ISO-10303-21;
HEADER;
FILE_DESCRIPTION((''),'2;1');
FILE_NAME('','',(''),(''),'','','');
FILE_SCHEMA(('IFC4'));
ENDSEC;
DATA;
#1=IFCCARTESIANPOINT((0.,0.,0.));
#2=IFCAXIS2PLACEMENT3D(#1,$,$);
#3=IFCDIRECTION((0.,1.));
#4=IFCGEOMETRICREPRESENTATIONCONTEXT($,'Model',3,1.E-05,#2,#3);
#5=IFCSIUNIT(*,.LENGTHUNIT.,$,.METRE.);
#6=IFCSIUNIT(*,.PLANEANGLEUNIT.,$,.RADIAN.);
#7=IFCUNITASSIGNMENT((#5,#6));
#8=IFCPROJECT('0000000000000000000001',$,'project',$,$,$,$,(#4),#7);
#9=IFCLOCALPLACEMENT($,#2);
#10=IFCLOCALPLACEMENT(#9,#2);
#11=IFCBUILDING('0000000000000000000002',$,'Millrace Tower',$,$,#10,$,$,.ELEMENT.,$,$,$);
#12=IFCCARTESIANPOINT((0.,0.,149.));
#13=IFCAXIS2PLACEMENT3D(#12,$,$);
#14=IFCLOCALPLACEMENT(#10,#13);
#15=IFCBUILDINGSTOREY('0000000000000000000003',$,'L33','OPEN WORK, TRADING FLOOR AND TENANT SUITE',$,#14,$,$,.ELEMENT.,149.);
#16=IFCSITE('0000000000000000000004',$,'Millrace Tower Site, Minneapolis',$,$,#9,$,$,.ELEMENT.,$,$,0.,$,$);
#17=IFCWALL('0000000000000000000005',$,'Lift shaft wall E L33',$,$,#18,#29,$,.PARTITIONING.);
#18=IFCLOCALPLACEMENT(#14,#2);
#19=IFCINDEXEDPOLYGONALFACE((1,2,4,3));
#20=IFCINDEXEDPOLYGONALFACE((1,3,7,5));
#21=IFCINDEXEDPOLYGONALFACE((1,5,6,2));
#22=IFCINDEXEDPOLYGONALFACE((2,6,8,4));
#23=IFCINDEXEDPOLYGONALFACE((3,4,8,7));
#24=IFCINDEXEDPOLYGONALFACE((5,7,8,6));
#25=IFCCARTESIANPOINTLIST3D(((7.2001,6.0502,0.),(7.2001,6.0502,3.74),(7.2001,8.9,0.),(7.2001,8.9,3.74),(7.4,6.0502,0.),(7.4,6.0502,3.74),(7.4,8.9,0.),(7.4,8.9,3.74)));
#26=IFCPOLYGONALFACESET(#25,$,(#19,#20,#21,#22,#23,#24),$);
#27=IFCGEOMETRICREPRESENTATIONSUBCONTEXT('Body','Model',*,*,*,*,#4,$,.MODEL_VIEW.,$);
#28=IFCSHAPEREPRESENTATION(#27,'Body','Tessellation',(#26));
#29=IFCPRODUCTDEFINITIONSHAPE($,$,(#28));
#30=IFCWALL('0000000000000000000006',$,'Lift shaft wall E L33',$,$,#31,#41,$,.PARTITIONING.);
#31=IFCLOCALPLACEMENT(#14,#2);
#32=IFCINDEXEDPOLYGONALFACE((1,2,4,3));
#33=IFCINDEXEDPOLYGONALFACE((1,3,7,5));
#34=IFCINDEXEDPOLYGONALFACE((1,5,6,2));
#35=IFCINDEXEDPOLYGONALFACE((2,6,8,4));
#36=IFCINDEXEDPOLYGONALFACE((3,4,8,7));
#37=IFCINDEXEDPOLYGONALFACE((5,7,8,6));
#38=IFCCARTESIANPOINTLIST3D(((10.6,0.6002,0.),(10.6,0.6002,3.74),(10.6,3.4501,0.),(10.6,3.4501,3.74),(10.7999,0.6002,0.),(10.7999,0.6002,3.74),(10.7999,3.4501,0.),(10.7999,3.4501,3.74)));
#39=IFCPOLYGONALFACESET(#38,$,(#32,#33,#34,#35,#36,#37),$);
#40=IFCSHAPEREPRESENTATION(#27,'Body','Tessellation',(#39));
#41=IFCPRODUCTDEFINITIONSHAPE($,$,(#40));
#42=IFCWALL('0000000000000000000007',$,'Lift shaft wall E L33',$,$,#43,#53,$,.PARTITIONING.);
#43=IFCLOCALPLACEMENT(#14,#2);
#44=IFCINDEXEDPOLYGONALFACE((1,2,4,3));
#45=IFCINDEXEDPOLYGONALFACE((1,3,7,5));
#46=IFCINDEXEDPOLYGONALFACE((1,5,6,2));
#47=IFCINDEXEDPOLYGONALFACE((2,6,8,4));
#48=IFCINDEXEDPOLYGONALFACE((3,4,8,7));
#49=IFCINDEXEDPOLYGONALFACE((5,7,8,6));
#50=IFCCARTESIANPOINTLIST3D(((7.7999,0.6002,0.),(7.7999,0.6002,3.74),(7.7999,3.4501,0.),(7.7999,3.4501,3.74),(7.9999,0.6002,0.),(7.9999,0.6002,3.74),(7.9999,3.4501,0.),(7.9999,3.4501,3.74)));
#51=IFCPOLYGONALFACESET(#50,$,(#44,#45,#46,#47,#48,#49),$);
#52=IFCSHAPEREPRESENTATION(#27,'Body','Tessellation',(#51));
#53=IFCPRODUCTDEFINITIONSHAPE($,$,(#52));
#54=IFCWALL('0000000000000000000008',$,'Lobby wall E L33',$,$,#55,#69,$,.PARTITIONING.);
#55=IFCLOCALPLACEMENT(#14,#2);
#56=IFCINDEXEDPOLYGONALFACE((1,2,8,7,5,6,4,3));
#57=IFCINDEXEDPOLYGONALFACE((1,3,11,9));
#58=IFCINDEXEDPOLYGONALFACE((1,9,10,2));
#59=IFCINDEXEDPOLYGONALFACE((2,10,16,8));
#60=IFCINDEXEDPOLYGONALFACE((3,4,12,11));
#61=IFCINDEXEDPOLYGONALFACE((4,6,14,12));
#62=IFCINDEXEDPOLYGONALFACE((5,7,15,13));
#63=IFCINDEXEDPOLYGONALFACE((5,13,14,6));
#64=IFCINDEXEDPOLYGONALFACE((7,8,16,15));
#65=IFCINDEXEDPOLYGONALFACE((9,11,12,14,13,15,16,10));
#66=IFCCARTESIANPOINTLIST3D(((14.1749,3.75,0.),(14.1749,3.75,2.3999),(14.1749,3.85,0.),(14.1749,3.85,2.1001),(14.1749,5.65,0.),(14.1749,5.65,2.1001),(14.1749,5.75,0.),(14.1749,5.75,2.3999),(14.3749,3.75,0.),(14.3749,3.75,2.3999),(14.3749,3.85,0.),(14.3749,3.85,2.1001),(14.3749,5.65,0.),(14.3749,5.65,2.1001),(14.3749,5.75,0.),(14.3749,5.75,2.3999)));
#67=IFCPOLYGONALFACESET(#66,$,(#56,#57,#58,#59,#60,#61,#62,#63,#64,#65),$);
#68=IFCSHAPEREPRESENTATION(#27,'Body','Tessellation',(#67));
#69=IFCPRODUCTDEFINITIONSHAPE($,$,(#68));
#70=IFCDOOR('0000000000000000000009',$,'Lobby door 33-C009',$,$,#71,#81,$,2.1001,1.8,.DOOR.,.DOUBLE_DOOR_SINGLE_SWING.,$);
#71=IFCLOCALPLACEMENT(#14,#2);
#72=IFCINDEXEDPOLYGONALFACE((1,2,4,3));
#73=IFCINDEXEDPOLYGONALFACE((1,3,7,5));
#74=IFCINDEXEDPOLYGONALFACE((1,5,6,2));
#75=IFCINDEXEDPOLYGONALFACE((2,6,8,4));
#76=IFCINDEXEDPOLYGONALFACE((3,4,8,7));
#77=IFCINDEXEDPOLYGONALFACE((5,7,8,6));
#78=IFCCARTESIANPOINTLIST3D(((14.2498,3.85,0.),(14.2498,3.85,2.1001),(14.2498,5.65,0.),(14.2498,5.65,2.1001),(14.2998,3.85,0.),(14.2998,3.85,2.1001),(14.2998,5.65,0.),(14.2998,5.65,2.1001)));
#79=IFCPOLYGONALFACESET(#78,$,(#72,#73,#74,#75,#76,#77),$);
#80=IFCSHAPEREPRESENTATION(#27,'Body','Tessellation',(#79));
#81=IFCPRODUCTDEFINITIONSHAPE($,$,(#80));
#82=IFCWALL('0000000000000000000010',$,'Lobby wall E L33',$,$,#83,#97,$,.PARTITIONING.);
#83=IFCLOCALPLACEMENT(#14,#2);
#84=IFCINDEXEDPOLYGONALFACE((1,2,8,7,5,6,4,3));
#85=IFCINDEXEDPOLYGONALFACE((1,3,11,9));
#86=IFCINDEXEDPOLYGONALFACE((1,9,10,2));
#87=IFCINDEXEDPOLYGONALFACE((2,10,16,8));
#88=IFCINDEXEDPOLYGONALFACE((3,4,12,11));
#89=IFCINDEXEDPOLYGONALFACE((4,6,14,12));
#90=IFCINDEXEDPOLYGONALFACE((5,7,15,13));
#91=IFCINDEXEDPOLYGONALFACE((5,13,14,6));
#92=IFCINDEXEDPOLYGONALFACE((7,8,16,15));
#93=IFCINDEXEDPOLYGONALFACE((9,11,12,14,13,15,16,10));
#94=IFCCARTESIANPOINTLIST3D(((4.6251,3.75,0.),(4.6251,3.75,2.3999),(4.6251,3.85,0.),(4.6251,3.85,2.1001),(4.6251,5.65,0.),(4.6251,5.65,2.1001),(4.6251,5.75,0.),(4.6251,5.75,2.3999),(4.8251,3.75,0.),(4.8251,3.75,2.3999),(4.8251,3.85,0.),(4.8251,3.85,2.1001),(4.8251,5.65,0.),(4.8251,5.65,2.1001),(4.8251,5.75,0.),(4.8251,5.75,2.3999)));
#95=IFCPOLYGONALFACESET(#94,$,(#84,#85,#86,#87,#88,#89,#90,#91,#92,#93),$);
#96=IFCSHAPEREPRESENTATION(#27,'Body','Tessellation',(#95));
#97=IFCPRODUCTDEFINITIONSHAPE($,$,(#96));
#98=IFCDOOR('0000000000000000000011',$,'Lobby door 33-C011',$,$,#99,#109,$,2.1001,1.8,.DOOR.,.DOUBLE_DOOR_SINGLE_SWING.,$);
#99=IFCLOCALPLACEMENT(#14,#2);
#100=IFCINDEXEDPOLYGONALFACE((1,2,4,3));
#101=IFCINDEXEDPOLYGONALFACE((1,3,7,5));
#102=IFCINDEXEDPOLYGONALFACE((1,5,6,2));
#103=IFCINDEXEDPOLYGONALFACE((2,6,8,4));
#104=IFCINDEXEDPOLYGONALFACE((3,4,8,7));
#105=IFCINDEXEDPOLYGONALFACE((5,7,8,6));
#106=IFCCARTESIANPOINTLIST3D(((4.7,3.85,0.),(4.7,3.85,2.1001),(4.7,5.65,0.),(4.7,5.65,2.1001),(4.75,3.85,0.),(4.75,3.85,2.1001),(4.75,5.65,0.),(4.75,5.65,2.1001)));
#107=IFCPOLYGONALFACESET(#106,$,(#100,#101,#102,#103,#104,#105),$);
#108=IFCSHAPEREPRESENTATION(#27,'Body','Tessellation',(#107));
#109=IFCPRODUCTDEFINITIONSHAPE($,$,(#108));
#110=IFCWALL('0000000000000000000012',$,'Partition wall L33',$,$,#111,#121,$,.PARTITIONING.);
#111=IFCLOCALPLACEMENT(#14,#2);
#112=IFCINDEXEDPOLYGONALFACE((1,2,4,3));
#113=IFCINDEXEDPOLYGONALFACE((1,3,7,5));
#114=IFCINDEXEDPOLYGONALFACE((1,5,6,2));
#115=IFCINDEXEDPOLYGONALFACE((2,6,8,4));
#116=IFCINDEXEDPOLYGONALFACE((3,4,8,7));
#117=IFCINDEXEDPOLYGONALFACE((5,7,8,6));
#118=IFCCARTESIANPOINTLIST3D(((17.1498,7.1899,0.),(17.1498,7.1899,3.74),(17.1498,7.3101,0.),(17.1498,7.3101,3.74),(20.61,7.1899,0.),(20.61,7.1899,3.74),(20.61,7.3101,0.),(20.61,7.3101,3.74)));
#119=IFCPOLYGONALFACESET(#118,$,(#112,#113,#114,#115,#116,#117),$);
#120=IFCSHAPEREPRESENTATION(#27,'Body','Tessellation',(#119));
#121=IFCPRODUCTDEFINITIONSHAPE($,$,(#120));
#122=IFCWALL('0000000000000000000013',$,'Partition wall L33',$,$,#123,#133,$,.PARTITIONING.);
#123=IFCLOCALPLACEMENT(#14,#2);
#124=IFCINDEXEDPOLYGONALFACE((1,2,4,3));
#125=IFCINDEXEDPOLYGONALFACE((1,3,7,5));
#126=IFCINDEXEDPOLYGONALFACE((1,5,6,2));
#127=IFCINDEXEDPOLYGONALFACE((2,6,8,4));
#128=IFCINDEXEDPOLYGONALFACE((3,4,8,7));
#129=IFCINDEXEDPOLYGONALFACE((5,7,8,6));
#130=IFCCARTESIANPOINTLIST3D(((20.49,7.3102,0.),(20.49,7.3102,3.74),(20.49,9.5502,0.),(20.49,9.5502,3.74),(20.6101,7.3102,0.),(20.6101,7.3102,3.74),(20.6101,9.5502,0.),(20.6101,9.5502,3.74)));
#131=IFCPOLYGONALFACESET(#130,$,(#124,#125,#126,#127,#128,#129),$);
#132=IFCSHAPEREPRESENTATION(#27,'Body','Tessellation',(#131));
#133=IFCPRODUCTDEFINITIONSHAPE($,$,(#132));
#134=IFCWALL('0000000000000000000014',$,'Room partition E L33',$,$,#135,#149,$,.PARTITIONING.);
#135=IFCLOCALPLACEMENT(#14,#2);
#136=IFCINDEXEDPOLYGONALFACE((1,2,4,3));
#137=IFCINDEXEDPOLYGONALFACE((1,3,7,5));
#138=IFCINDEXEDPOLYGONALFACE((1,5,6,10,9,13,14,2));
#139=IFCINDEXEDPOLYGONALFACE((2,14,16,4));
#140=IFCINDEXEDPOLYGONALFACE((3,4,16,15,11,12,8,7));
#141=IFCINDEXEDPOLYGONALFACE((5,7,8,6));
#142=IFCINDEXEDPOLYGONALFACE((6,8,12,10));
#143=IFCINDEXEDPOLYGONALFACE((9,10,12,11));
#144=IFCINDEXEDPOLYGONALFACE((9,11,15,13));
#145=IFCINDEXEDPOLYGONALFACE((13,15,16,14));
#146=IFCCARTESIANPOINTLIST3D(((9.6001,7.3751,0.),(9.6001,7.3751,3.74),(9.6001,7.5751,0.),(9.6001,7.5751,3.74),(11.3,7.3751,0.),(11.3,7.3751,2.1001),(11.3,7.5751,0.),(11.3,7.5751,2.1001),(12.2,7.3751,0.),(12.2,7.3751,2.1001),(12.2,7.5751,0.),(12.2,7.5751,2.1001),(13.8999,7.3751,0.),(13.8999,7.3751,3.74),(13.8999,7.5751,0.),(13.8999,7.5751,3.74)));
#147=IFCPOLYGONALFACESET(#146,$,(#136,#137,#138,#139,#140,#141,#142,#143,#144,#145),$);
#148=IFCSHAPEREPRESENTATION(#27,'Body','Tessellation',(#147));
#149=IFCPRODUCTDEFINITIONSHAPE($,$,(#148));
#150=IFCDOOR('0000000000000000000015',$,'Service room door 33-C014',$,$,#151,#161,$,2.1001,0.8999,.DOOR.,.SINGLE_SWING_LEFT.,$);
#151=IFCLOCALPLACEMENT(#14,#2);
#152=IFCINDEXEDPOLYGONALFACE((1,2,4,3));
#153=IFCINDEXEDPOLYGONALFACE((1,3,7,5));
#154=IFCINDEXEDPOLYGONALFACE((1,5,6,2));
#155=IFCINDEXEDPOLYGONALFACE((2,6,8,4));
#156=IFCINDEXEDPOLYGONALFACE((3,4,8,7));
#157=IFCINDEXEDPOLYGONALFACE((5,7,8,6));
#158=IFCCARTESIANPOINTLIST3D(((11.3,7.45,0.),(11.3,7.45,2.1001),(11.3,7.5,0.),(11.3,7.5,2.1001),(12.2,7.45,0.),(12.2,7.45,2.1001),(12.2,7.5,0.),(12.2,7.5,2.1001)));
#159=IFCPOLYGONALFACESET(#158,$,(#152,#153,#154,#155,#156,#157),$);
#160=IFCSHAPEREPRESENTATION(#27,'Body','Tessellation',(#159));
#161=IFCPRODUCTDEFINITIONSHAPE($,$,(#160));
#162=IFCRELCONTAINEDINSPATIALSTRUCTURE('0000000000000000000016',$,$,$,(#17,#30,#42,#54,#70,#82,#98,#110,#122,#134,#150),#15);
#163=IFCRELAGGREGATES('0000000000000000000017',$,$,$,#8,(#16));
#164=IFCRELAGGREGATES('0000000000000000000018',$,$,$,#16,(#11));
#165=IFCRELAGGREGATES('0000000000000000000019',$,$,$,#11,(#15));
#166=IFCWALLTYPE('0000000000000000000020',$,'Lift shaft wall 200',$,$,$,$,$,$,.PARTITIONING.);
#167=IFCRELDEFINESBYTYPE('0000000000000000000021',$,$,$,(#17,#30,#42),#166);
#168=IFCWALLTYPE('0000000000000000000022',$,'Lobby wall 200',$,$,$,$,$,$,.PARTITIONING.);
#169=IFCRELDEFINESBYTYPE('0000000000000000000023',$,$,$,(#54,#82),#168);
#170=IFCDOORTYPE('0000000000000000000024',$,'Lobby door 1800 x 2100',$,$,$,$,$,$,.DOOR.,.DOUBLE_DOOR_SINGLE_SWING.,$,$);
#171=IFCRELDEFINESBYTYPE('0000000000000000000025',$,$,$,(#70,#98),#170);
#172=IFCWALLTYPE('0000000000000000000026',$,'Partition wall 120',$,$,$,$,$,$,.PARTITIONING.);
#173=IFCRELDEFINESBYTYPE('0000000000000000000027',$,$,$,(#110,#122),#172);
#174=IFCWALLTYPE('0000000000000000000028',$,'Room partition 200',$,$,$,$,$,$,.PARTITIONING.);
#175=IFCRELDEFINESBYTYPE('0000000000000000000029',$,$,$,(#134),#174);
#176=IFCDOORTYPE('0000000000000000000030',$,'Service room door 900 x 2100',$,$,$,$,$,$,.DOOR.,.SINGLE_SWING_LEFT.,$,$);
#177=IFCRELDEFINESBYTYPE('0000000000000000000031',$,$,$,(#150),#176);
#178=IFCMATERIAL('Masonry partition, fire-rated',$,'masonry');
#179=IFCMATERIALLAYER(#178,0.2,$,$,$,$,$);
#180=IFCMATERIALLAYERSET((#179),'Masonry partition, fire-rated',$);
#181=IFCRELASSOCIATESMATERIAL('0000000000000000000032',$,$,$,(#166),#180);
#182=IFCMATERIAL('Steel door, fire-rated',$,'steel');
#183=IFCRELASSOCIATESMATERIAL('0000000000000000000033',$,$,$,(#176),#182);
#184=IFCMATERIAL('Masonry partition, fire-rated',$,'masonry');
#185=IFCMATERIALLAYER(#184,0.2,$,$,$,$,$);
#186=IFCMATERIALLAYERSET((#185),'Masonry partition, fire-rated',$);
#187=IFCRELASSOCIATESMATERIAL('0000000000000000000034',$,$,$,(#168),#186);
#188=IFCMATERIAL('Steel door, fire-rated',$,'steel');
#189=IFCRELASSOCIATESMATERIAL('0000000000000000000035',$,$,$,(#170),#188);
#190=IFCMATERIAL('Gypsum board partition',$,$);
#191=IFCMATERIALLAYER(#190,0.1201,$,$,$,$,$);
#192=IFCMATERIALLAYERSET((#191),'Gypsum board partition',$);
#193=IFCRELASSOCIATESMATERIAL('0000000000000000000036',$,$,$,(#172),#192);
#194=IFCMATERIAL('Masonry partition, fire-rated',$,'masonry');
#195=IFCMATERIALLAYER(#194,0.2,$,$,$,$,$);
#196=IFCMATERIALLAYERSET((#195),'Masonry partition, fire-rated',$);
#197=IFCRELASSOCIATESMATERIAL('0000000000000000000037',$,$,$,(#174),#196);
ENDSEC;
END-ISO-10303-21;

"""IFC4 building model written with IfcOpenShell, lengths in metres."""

from ifc_helpers import new_model, si_unit, direction, frame, frame_2d, origin, place, context, subcontext, project, spatial, rectangle, extrude, material, layer, layer_set, type_object, element, fill, save


model = new_model("IFC4")

# Units and contexts
model_context = context("Model", 3, precision=1e-05, world=origin(), true_north=direction((0.0, 1.0)))
body_context = subcontext(model_context, "Body", "Model", "MODEL_VIEW")
ifc_project = project(units=[si_unit("LENGTHUNIT", "METRE"), si_unit("PLANEANGLEUNIT", "RADIAN")], contexts=[model_context])

# Site, building, storey
site_placement = place(None, origin())
site = spatial("IfcSite", under=ifc_project, at=site_placement, Name="Millrace Tower Site, Minneapolis", CompositionType="ELEMENT", RefElevation=0.0)
building_placement = place(site_placement, origin())
building = spatial("IfcBuilding", under=site, at=building_placement, Name="Millrace Tower", CompositionType="ELEMENT")
storey_placement = place(building_placement, frame((0.0, 0.0, 149.0)))
storey = spatial("IfcBuildingStorey", under=building, at=storey_placement, Name="L33", Description="OPEN WORK, TRADING FLOOR AND TENANT SUITE", CompositionType="ELEMENT", Elevation=149.0)

# Shared definitions
ifc_material_1 = material(Name="Masonry partition, fire-rated", Category="masonry")
ifc_layer_1 = layer(ifc_material_1, 0.2)
ifc_layer_set_1 = layer_set([ifc_layer_1], Name="Masonry partition, fire-rated")
wall_type_1 = type_object("IfcWallType", Name="Lift shaft wall 200", PredefinedType="PARTITIONING", material=ifc_layer_set_1)
ifc_material_2 = material(Name="Steel door, fire-rated", Category="steel")
door_type_1 = type_object("IfcDoorType", Name="Service room door 900 x 2100", OperationType="SINGLE_SWING_LEFT", PredefinedType="DOOR", material=ifc_material_2)

# Walls
for number, where, z_axis, x_axis, name in (
    (1, (7.3, 8.8999, 0.0), (0.0, 0.0, 1.0), (0.0, -1.0, 0.0), "Lift shaft wall E L33"),
    (2, (10.7, 3.45, 0.0), (0.0, 0.0, 1.0), (0.0, -1.0, 0.0), "Lift shaft wall E L33"),
    (3, (7.8999, 3.45, 0.0), (0.0, 0.0, 1.0), (0.0, -1.0, 0.0), "Lift shaft wall E L33"),
):
    element("IfcWall", number, at=place(storey_placement, frame(where, z_axis=z_axis, x_axis=x_axis)), inside=storey, type_object=wall_type_1, Name=name, PredefinedType="PARTITIONING", context=body_context, shape_type="SweptSolid", body=[
        extrude(rectangle(XDim=2.8499, YDim=0.2, at=frame_2d((1.4248, 0.0))), origin(), (0.0, 0.0, 1.0), 3.74),
    ])

# Walls, openings, doors
ifc_material_3 = material(Name="Masonry partition, fire-rated", Category="masonry")
ifc_layer_2 = layer(ifc_material_3, 0.2)
ifc_layer_set_2 = layer_set([ifc_layer_2], Name="Masonry partition, fire-rated")
wall_type_2 = type_object("IfcWallType", Name="Lobby wall 200", PredefinedType="PARTITIONING", material=ifc_layer_set_2)
wall_1_placement = place(storey_placement, frame((14.2749, 5.75, 0.0), z_axis=(0.0, 0.0, 1.0), x_axis=(0.0, -1.0, 0.0)))
wall_1 = element("IfcWall", 4, at=wall_1_placement, inside=storey, type_object=wall_type_2, Name="Lobby wall E L33", PredefinedType="PARTITIONING", context=body_context, shape_type="SweptSolid", body=[
    extrude(rectangle(XDim=2.0, YDim=0.2, at=frame_2d((1.0, 0.0))), origin(), (0.0, 0.0, 1.0), 2.3999),
])
opening_1_placement = place(wall_1_placement, frame((0.1001, 0.0, 0.0)))
opening_1 = element("IfcOpeningElement", 5, at=opening_1_placement, cuts=wall_1, PredefinedType="OPENING", context=body_context, shape_type="SweptSolid", body=[
    extrude(rectangle(XDim=1.8, YDim=2.1001, at=frame_2d((0.8999, 1.05))), frame((0.0, 0.1099, 0.0), z_axis=(0.0, -1.0, 0.0), x_axis=(1.0, 0.0, 0.0)), (0.0, 0.0, 1.0), 0.22),
])
ifc_material_4 = material(Name="Steel door, fire-rated", Category="steel")
door_type_2 = type_object("IfcDoorType", Name="Lobby door 1800 x 2100", OperationType="DOUBLE_DOOR_SINGLE_SWING", PredefinedType="DOOR", material=ifc_material_4)
door_1_placement = place(opening_1_placement, origin())
door_1 = element("IfcDoor", 6, at=door_1_placement, inside=storey, type_object=door_type_2, Name="Lobby door 33-C009", OperationType="DOUBLE_DOOR_SINGLE_SWING", OverallHeight=2.1001, OverallWidth=1.8, PredefinedType="DOOR", context=body_context, shape_type="SweptSolid", body=[
    extrude(rectangle(XDim=1.8, YDim=2.1001, at=frame_2d((0.8999, 1.05))), frame((0.0, 0.0249, 0.0), z_axis=(0.0, -1.0, 0.0), x_axis=(1.0, 0.0, 0.0)), (0.0, 0.0, 1.0), 0.05),
])
fill(opening_1, door_1)
wall_2_placement = place(storey_placement, frame((4.7251, 5.75, 0.0), z_axis=(0.0, 0.0, 1.0), x_axis=(0.0, -1.0, 0.0)))
wall_2 = element("IfcWall", 7, at=wall_2_placement, inside=storey, type_object=wall_type_2, Name="Lobby wall E L33", PredefinedType="PARTITIONING", context=body_context, shape_type="SweptSolid", body=[
    extrude(rectangle(XDim=2.0, YDim=0.2, at=frame_2d((1.0, 0.0))), origin(), (0.0, 0.0, 1.0), 2.3999),
])
opening_2_placement = place(wall_2_placement, frame((0.1001, 0.0, 0.0)))
opening_2 = element("IfcOpeningElement", 8, at=opening_2_placement, cuts=wall_2, PredefinedType="OPENING", context=body_context, shape_type="SweptSolid", body=[
    extrude(rectangle(XDim=1.8, YDim=2.1001, at=frame_2d((0.8999, 1.05))), frame((0.0, 0.1099, 0.0), z_axis=(0.0, -1.0, 0.0), x_axis=(1.0, 0.0, 0.0)), (0.0, 0.0, 1.0), 0.22),
])
door_2_placement = place(opening_2_placement, origin())
door_2 = element("IfcDoor", 9, at=door_2_placement, inside=storey, type_object=door_type_2, Name="Lobby door 33-C011", OperationType="DOUBLE_DOOR_SINGLE_SWING", OverallHeight=2.1001, OverallWidth=1.8, PredefinedType="DOOR", context=body_context, shape_type="SweptSolid", body=[
    extrude(rectangle(XDim=1.8, YDim=2.1001, at=frame_2d((0.8999, 1.05))), frame((0.0, 0.0249, 0.0), z_axis=(0.0, -1.0, 0.0), x_axis=(1.0, 0.0, 0.0)), (0.0, 0.0, 1.0), 0.05),
])
fill(opening_2, door_2)

# Walls
ifc_material_5 = material(Name="Gypsum board partition")
ifc_layer_3 = layer(ifc_material_5, 0.1201)
ifc_layer_set_3 = layer_set([ifc_layer_3], Name="Gypsum board partition")
wall_type_3 = type_object("IfcWallType", Name="Partition wall 120", PredefinedType="PARTITIONING", material=ifc_layer_set_3)
wall_3_placement = place(storey_placement, frame((17.1499, 7.25, 0.0), z_axis=(0.0, 0.0, 1.0), x_axis=(1.0, 0.0, 0.0)))
element("IfcWall", 10, at=wall_3_placement, inside=storey, type_object=wall_type_3, Name="Partition wall L33", PredefinedType="PARTITIONING", context=body_context, shape_type="SweptSolid", body=[
    extrude(rectangle(XDim=3.4602, YDim=0.1201, at=frame_2d((1.73, 0.0))), origin(), (0.0, 0.0, 1.0), 3.74),
])
wall_4_placement = place(storey_placement, frame((20.55, 7.3101, 0.0), z_axis=(0.0, 0.0, 1.0), x_axis=(0.0, 1.0, 0.0)))
element("IfcWall", 11, at=wall_4_placement, inside=storey, type_object=wall_type_3, Name="Partition wall L33", PredefinedType="PARTITIONING", context=body_context, shape_type="SweptSolid", body=[
    extrude(rectangle(XDim=2.24, YDim=0.1201, at=frame_2d((1.1201, 0.0))), origin(), (0.0, 0.0, 1.0), 3.74),
])

# Wall, opening, door
ifc_material_6 = material(Name="Masonry partition, fire-rated", Category="masonry")
ifc_layer_4 = layer(ifc_material_6, 0.2)
ifc_layer_set_4 = layer_set([ifc_layer_4], Name="Masonry partition, fire-rated")
wall_type_4 = type_object("IfcWallType", Name="Room partition 200", PredefinedType="PARTITIONING", material=ifc_layer_set_4)
wall_5_placement = place(storey_placement, frame((13.8999, 7.4751, 0.0), z_axis=(0.0, 0.0, 1.0), x_axis=(-1.0, 0.0, 0.0)))
wall_5 = element("IfcWall", 12, at=wall_5_placement, inside=storey, type_object=wall_type_4, Name="Room partition E L33", PredefinedType="PARTITIONING", context=body_context, shape_type="SweptSolid", body=[
    extrude(rectangle(XDim=4.2998, YDim=0.2, at=frame_2d((2.1499, 0.0))), origin(), (0.0, 0.0, 1.0), 3.74),
])
opening_3_placement = place(wall_5_placement, frame((1.7, 0.0, 0.0)))
opening_3 = element("IfcOpeningElement", 13, at=opening_3_placement, cuts=wall_5, PredefinedType="OPENING", context=body_context, shape_type="SweptSolid", body=[
    extrude(rectangle(XDim=0.8999, YDim=2.1001, at=frame_2d((0.45, 1.05))), frame((0.0, 0.1099, 0.0), z_axis=(0.0, -1.0, 0.0), x_axis=(1.0, 0.0, 0.0)), (0.0, 0.0, 1.0), 0.22),
])
door_3_placement = place(opening_3_placement, frame((0.8999, 0.0, 0.0), z_axis=(0.0, 0.0, 1.0), x_axis=(-1.0, 0.0, 0.0)))
door_3 = element("IfcDoor", 14, at=door_3_placement, inside=storey, type_object=door_type_1, Name="Service room door 33-C014", OperationType="SINGLE_SWING_LEFT", OverallHeight=2.1001, OverallWidth=0.8999, PredefinedType="DOOR", context=body_context, shape_type="SweptSolid", body=[
    extrude(rectangle(XDim=0.8999, YDim=2.1001, at=frame_2d((0.45, 1.05))), frame((0.0, 0.0249, 0.0), z_axis=(0.0, -1.0, 0.0), x_axis=(1.0, 0.0, 0.0)), (0.0, 0.0, 1.0), 0.05),
])
fill(opening_3, door_3)

save(model, "model.ifc")
